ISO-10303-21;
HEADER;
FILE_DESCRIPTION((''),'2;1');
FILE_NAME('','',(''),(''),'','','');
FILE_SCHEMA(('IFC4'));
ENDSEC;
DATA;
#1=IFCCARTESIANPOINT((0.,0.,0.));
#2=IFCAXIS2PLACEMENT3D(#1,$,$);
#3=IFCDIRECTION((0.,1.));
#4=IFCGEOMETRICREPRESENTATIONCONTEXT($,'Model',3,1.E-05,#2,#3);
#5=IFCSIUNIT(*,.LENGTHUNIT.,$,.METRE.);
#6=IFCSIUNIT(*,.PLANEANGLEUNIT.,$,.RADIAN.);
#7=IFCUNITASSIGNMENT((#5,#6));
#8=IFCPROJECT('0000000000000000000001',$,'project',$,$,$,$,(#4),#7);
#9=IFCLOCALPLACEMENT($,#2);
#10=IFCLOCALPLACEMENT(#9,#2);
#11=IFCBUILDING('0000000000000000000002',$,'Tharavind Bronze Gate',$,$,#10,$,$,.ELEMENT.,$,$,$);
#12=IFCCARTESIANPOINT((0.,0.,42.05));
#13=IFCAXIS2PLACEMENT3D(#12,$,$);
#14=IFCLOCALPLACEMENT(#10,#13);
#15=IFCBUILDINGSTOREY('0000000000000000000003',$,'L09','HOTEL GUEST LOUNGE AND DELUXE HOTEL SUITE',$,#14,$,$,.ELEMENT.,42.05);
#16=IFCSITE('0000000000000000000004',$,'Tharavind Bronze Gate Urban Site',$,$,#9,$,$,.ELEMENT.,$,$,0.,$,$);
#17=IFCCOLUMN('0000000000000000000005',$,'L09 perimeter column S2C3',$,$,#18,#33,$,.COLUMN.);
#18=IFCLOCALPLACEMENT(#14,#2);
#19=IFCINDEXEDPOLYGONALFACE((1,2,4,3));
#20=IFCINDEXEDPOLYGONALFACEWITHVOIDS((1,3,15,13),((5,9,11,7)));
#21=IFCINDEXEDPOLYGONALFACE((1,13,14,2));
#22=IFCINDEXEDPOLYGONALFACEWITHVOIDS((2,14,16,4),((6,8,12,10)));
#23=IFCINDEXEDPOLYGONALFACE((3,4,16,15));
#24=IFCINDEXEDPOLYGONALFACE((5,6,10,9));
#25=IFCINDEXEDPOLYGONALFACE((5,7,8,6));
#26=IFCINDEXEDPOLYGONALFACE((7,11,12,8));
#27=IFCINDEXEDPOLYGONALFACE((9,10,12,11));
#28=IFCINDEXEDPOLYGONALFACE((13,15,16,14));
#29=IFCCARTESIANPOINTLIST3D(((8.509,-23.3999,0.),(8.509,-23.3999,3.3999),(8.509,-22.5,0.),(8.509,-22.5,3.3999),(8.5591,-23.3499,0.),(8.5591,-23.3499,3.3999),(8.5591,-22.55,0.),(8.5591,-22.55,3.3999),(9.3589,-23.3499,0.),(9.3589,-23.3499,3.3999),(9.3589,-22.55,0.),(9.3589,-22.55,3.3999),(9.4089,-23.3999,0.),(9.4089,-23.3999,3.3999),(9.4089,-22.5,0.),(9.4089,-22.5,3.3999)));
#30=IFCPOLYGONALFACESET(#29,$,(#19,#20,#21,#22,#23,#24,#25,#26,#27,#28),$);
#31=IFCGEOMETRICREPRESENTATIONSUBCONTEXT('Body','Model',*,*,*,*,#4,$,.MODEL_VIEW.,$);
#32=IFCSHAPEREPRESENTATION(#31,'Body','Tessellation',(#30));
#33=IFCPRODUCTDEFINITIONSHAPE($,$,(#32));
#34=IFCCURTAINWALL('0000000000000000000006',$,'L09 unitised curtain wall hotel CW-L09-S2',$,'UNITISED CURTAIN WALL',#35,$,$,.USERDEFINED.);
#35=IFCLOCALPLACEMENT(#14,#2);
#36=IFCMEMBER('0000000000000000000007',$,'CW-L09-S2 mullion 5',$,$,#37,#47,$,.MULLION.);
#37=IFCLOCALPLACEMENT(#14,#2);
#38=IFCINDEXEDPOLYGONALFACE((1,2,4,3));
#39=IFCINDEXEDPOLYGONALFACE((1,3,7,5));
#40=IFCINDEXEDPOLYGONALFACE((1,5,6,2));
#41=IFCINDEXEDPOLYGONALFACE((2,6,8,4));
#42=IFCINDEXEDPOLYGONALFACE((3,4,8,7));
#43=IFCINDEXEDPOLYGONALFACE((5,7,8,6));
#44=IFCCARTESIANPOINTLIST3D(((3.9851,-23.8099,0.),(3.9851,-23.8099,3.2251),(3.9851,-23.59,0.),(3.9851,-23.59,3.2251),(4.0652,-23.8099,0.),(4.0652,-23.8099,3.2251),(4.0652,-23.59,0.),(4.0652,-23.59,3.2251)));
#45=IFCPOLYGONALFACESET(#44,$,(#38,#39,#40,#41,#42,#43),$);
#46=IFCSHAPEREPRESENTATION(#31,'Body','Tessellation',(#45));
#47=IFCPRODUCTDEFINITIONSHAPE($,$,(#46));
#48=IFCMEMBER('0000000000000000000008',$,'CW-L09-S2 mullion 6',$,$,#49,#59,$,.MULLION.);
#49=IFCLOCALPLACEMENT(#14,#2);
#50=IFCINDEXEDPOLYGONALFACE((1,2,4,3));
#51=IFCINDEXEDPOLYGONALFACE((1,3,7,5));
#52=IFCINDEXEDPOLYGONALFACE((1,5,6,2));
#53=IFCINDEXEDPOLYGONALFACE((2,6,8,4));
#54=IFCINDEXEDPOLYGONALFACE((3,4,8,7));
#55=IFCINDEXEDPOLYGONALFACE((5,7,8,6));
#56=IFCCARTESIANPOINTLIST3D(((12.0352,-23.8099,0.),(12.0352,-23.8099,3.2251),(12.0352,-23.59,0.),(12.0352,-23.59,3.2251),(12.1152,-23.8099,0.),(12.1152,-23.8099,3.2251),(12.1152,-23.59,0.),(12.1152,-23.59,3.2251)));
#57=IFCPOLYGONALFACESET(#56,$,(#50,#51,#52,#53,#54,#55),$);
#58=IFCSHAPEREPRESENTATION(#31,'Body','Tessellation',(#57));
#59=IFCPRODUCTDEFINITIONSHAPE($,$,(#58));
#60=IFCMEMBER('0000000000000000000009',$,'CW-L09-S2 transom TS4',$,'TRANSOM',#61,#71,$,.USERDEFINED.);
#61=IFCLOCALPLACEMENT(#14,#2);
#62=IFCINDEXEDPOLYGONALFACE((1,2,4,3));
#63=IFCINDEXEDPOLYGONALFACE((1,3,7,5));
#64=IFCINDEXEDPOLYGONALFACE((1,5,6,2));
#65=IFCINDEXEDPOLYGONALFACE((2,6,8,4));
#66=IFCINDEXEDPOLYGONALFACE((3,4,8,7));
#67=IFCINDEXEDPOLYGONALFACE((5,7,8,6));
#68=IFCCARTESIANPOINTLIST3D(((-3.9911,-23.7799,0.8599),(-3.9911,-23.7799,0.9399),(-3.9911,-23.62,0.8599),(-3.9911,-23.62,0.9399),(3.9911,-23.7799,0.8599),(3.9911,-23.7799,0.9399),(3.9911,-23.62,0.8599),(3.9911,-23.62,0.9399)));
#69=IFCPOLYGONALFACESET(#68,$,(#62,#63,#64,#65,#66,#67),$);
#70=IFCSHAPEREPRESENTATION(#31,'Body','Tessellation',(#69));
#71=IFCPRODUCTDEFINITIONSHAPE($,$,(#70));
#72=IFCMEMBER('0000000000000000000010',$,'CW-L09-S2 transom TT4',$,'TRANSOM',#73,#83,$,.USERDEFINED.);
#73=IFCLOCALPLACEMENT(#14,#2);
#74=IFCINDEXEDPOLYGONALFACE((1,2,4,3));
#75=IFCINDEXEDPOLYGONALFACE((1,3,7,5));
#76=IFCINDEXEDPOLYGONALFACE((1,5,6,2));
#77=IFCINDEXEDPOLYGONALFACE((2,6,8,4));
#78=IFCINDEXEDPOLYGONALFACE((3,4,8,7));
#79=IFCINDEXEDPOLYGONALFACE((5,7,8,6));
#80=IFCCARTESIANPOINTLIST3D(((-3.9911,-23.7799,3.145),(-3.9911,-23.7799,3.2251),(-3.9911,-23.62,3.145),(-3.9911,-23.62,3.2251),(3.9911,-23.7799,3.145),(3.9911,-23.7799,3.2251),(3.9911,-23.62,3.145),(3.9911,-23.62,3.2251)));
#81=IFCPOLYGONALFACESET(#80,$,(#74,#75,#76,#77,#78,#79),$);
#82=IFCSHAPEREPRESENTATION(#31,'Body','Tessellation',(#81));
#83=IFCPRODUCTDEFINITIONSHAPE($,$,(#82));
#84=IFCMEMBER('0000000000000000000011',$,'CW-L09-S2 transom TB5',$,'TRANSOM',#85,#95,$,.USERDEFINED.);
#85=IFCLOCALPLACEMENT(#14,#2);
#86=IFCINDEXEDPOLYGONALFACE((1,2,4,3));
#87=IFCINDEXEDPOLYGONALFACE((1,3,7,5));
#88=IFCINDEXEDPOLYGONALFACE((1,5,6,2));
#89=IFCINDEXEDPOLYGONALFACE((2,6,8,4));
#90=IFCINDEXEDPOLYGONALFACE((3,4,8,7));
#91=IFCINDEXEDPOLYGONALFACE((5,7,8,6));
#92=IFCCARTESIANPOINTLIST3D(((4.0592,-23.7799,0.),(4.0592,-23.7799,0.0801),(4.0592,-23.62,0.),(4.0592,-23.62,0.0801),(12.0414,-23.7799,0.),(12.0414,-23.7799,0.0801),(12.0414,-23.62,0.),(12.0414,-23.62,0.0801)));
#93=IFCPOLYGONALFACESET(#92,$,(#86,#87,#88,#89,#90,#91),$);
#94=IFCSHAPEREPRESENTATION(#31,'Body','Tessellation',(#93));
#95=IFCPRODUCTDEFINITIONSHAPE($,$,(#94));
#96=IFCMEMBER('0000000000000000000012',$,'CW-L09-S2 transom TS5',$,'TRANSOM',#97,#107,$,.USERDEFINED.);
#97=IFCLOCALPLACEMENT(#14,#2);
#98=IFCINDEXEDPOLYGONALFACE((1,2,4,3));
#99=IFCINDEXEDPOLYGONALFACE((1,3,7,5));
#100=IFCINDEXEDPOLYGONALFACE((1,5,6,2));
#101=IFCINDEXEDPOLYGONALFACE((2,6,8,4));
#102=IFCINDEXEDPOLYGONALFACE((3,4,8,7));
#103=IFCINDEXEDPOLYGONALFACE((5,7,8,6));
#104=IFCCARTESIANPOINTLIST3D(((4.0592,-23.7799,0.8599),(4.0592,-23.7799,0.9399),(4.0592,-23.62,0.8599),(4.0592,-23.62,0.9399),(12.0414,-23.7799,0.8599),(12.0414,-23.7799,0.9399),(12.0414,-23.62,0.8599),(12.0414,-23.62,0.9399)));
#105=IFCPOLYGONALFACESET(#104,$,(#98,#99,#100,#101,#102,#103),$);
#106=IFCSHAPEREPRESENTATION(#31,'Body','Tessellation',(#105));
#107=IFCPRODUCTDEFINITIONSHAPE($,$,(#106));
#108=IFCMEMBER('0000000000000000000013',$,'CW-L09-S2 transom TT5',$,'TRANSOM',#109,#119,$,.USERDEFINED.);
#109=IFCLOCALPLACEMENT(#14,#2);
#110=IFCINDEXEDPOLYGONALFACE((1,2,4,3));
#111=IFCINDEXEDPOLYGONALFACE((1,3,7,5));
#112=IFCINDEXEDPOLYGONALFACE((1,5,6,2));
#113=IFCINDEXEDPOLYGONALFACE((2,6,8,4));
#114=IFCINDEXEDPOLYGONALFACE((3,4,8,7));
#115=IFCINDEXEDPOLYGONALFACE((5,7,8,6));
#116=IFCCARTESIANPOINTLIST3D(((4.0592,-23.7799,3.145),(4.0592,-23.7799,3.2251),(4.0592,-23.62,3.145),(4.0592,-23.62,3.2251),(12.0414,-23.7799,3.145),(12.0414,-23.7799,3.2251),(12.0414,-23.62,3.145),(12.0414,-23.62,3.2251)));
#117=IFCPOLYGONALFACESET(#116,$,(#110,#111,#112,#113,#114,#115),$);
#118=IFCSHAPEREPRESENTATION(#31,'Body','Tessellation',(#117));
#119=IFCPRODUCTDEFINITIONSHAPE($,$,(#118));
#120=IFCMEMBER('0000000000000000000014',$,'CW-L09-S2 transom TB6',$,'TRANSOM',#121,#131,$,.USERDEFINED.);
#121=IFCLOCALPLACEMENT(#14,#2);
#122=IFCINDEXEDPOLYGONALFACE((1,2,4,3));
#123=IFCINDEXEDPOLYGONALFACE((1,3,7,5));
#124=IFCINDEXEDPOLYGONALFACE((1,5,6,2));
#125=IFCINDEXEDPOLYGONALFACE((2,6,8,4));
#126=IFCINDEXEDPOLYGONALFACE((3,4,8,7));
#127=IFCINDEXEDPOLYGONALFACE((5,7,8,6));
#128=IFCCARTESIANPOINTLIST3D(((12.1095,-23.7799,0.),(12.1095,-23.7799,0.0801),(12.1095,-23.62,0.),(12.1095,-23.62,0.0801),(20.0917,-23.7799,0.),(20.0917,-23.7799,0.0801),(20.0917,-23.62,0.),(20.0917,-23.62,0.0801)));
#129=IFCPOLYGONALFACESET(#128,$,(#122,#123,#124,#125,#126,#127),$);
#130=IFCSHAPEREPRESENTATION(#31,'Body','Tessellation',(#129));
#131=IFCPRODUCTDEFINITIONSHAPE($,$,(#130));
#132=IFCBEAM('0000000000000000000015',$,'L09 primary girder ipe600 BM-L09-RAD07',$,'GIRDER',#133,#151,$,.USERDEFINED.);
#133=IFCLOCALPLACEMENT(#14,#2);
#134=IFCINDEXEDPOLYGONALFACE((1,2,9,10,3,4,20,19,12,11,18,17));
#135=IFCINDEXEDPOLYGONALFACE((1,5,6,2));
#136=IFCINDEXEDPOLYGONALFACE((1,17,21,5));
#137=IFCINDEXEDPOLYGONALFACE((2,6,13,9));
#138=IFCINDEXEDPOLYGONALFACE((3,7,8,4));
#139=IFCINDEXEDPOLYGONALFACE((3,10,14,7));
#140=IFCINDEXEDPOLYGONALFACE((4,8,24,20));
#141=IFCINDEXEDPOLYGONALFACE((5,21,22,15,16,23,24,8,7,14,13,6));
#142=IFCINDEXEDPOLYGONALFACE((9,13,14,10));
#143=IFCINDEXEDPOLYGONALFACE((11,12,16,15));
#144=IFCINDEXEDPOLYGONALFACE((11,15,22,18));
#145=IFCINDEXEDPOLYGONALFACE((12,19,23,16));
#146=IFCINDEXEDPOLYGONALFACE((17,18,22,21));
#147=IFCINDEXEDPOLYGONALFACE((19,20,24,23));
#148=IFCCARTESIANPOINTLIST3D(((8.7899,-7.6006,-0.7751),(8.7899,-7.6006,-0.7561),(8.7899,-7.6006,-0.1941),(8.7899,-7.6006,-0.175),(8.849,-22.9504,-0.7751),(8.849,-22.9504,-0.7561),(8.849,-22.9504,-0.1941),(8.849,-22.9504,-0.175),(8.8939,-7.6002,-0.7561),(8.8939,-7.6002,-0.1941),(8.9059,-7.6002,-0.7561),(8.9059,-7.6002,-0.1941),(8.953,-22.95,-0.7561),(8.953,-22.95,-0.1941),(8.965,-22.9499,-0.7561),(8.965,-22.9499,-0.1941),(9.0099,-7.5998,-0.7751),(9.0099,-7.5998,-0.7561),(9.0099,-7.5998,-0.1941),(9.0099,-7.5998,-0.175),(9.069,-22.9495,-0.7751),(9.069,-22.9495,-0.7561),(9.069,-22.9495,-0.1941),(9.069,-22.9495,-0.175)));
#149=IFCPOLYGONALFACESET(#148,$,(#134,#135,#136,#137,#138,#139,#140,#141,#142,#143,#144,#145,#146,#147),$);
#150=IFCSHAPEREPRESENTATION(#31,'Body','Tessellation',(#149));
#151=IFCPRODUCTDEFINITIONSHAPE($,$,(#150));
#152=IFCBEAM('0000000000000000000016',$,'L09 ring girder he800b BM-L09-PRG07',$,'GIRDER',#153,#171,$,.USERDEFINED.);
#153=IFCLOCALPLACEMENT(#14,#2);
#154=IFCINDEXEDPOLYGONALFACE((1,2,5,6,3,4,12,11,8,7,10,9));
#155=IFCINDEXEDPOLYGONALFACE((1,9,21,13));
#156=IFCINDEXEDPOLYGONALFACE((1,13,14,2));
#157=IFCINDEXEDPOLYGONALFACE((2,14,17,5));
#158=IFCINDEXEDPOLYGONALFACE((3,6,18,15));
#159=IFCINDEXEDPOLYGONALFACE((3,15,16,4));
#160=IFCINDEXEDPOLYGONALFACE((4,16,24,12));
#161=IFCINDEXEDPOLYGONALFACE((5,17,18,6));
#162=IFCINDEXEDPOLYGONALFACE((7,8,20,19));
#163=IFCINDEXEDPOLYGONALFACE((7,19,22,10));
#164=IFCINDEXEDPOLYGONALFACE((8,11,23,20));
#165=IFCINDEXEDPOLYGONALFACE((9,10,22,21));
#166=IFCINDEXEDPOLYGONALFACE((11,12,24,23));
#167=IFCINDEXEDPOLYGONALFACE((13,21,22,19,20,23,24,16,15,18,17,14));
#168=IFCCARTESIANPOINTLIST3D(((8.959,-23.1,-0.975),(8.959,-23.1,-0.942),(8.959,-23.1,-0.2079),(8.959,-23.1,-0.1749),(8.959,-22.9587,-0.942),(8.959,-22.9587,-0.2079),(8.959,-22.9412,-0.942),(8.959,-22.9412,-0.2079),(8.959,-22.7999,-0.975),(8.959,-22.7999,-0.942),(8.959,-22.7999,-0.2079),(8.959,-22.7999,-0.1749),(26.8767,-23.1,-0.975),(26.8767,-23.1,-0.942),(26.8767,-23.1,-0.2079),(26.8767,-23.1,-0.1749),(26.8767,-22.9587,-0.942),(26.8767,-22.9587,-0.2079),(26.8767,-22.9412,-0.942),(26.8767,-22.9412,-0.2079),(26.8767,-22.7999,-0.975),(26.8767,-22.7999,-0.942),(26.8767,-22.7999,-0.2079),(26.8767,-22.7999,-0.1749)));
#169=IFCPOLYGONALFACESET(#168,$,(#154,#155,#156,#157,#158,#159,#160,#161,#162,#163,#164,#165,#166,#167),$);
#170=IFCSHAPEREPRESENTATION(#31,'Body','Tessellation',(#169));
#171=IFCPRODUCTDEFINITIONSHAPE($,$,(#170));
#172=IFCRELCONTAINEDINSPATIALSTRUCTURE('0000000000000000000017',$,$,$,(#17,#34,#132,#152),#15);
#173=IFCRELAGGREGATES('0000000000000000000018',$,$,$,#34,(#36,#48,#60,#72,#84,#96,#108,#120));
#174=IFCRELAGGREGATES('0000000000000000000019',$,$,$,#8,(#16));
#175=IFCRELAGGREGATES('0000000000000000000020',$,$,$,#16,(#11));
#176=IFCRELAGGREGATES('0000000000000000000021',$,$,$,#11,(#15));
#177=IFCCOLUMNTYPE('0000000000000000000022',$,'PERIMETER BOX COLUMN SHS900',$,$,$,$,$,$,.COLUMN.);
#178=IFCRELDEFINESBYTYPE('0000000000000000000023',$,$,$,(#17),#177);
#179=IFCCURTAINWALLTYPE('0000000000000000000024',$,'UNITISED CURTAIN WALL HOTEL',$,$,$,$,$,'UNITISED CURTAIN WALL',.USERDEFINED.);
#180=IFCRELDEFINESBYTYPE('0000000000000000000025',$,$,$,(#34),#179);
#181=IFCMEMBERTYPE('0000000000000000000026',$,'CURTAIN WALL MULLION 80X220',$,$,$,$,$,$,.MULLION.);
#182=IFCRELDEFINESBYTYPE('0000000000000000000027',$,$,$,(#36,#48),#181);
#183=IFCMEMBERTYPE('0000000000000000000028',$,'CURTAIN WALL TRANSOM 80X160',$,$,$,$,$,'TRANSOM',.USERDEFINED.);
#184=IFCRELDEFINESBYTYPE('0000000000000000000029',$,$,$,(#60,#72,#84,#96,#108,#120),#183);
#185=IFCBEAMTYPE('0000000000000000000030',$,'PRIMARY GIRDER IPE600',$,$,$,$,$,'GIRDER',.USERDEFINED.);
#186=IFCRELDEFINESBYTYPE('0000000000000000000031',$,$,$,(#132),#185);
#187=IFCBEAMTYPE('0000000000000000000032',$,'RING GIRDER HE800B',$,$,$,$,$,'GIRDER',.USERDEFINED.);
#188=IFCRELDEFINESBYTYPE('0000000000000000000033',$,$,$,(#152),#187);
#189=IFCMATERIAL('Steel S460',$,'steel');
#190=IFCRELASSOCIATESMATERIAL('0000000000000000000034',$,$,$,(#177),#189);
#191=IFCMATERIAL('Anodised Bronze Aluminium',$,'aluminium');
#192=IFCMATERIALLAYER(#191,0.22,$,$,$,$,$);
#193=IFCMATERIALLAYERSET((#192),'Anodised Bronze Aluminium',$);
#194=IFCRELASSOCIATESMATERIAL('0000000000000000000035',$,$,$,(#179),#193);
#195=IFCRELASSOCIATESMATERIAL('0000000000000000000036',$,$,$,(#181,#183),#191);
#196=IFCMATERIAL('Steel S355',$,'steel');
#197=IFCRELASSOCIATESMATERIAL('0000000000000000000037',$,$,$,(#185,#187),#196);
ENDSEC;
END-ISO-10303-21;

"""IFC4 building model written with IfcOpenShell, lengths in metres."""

from ifc_helpers import new_model, si_unit, direction, frame, origin, origin_2d, place, context, subcontext, project, spatial, rectangle, hollow_rectangle, i_section, extrude, material, layer, layer_set, material_profile, profile_set, type_object, element, aggregate, save


model = new_model("IFC4")

# Units and contexts
model_context = context("Model", 3, precision=1e-05, world=origin(), true_north=direction((0.0, 1.0)))
body_context = subcontext(model_context, "Body", "Model", "MODEL_VIEW")
ifc_project = project(units=[si_unit("LENGTHUNIT", "METRE"), si_unit("PLANEANGLEUNIT", "RADIAN")], contexts=[model_context])

# Site, building, storey
site_placement = place(None, origin())
site = spatial("IfcSite", under=ifc_project, at=site_placement, Name="Tharavind Bronze Gate Urban Site", CompositionType="ELEMENT", RefElevation=0.0)
building_placement = place(site_placement, origin())
building = spatial("IfcBuilding", under=site, at=building_placement, Name="Tharavind Bronze Gate", CompositionType="ELEMENT")
storey_placement = place(building_placement, frame((0.0, 0.0, 42.05)))
storey = spatial("IfcBuildingStorey", under=building, at=storey_placement, Name="L09", Description="HOTEL GUEST LOUNGE AND DELUXE HOTEL SUITE", CompositionType="ELEMENT", Elevation=42.05)

# Column
ifc_material_1 = material(Name="Steel S460", Category="steel")
ifc_material_profile_1 = material_profile(ifc_material_1, hollow_rectangle(XDim=0.8999, YDim=0.8999, WallThickness=0.05, at=origin_2d()), Name="SHS900X50")
ifc_profile_set_1 = profile_set([ifc_material_profile_1], Name="Steel S460")
column_type = type_object("IfcColumnType", Name="PERIMETER BOX COLUMN SHS900", PredefinedType="COLUMN", material=ifc_profile_set_1)
column_placement = place(storey_placement, frame((8.959, -22.95, 0.0), z_axis=(0.0, 0.0, 1.0), x_axis=(1.0, 0.0, 0.0)))
element("IfcColumn", 1, at=column_placement, inside=storey, type_object=column_type, Name="L09 perimeter column S2C3", PredefinedType="COLUMN", context=body_context, shape_type="SweptSolid", body=[
    extrude(hollow_rectangle(XDim=0.8999, YDim=0.8999, WallThickness=0.05, at=origin_2d()), origin(), (0.0, 0.0, 1.0), 3.3999),
])

# Curtain wall, members
ifc_material_2 = material(Name="Anodised Bronze Aluminium", Category="aluminium")
ifc_layer_1 = layer(ifc_material_2, 0.22)
ifc_layer_set_1 = layer_set([ifc_layer_1], Name="Anodised Bronze Aluminium")
curtain_wall_type = type_object("IfcCurtainWallType", Name="UNITISED CURTAIN WALL HOTEL", ElementType="UNITISED CURTAIN WALL", PredefinedType="USERDEFINED", material=ifc_layer_set_1)
curtain_wall_placement = place(storey_placement, origin())
curtain_wall = element("IfcCurtainWall", 2, at=curtain_wall_placement, inside=storey, type_object=curtain_wall_type, Name="L09 unitised curtain wall hotel CW-L09-S2", ObjectType="UNITISED CURTAIN WALL", PredefinedType="USERDEFINED")
member_type_1 = type_object("IfcMemberType", Name="CURTAIN WALL MULLION 80X220", PredefinedType="MULLION", material=ifc_material_2)
member_1_placement = place(storey_placement, frame((4.0251, -23.7, 0.0), z_axis=(0.0, 0.0, 1.0), x_axis=(1.0, 0.0, 0.0)))
member_1 = element("IfcMember", 3, at=member_1_placement, type_object=member_type_1, Name="CW-L09-S2 mullion 5", PredefinedType="MULLION", context=body_context, shape_type="SweptSolid", body=[
    extrude(rectangle(XDim=0.0801, YDim=0.22, at=origin_2d()), origin(), (0.0, 0.0, 1.0), 3.2251),
])
member_2_placement = place(storey_placement, frame((12.0752, -23.7, 0.0), z_axis=(0.0, 0.0, 1.0), x_axis=(1.0, 0.0, 0.0)))
member_2 = element("IfcMember", 4, at=member_2_placement, type_object=member_type_1, Name="CW-L09-S2 mullion 6", PredefinedType="MULLION", context=body_context, shape_type="SweptSolid", body=[
    extrude(rectangle(XDim=0.0801, YDim=0.22, at=origin_2d()), origin(), (0.0, 0.0, 1.0), 3.2251),
])
member_type_2 = type_object("IfcMemberType", Name="CURTAIN WALL TRANSOM 80X160", ElementType="TRANSOM", PredefinedType="USERDEFINED", material=ifc_material_2)
member_3_placement = place(storey_placement, frame((0.0, -23.7, 0.8599), z_axis=(0.0, 0.0, 1.0), x_axis=(1.0, 0.0, 0.0)))
member_3 = element("IfcMember", 5, at=member_3_placement, type_object=member_type_2, Name="CW-L09-S2 transom TS4", ObjectType="TRANSOM", PredefinedType="USERDEFINED", context=body_context, shape_type="SweptSolid", body=[
    extrude(rectangle(XDim=7.9822, YDim=0.1599, at=origin_2d()), origin(), (0.0, 0.0, 1.0), 0.0801),
])
member_4_placement = place(storey_placement, frame((0.0, -23.7, 3.145), z_axis=(0.0, 0.0, 1.0), x_axis=(1.0, 0.0, 0.0)))
member_4 = element("IfcMember", 6, at=member_4_placement, type_object=member_type_2, Name="CW-L09-S2 transom TT4", ObjectType="TRANSOM", PredefinedType="USERDEFINED", context=body_context, shape_type="SweptSolid", body=[
    extrude(rectangle(XDim=7.9822, YDim=0.1599, at=origin_2d()), origin(), (0.0, 0.0, 1.0), 0.0801),
])
member_5_placement = place(storey_placement, frame((8.0503, -23.7, 0.0), z_axis=(0.0, 0.0, 1.0), x_axis=(1.0, 0.0, 0.0)))
member_5 = element("IfcMember", 7, at=member_5_placement, type_object=member_type_2, Name="CW-L09-S2 transom TB5", ObjectType="TRANSOM", PredefinedType="USERDEFINED", context=body_context, shape_type="SweptSolid", body=[
    extrude(rectangle(XDim=7.9822, YDim=0.1599, at=origin_2d()), origin(), (0.0, 0.0, 1.0), 0.0801),
])
member_6_placement = place(storey_placement, frame((8.0503, -23.7, 0.8599), z_axis=(0.0, 0.0, 1.0), x_axis=(1.0, 0.0, 0.0)))
member_6 = element("IfcMember", 8, at=member_6_placement, type_object=member_type_2, Name="CW-L09-S2 transom TS5", ObjectType="TRANSOM", PredefinedType="USERDEFINED", context=body_context, shape_type="SweptSolid", body=[
    extrude(rectangle(XDim=7.9822, YDim=0.1599, at=origin_2d()), origin(), (0.0, 0.0, 1.0), 0.0801),
])
member_7_placement = place(storey_placement, frame((8.0503, -23.7, 3.145), z_axis=(0.0, 0.0, 1.0), x_axis=(1.0, 0.0, 0.0)))
member_7 = element("IfcMember", 9, at=member_7_placement, type_object=member_type_2, Name="CW-L09-S2 transom TT5", ObjectType="TRANSOM", PredefinedType="USERDEFINED", context=body_context, shape_type="SweptSolid", body=[
    extrude(rectangle(XDim=7.9822, YDim=0.1599, at=origin_2d()), origin(), (0.0, 0.0, 1.0), 0.0801),
])
member_8_placement = place(storey_placement, frame((16.1006, -23.7, 0.0), z_axis=(0.0, 0.0, 1.0), x_axis=(1.0, 0.0, 0.0)))
member_8 = element("IfcMember", 10, at=member_8_placement, type_object=member_type_2, Name="CW-L09-S2 transom TB6", ObjectType="TRANSOM", PredefinedType="USERDEFINED", context=body_context, shape_type="SweptSolid", body=[
    extrude(rectangle(XDim=7.9822, YDim=0.1599, at=origin_2d()), origin(), (0.0, 0.0, 1.0), 0.0801),
])

# Beams
ifc_material_3 = material(Name="Steel S355", Category="steel")
ifc_material_profile_2 = material_profile(ifc_material_3, i_section(OverallWidth=0.22, OverallDepth=0.6001, WebThickness=0.012, FlangeThickness=0.019, at=origin_2d()), Name="IPE600")
ifc_profile_set_2 = profile_set([ifc_material_profile_2], Name="Steel S355")
beam_type_1 = type_object("IfcBeamType", Name="PRIMARY GIRDER IPE600", ElementType="GIRDER", PredefinedType="USERDEFINED", material=ifc_profile_set_2)
beam_1_placement = place(storey_placement, frame((8.959, -22.95, -0.4751), z_axis=(-0.003849, 0.999993, 0.0), x_axis=(-0.999993, -0.003849, 0.0)))
element("IfcBeam", 11, at=beam_1_placement, inside=storey, type_object=beam_type_1, Name="L09 primary girder ipe600 BM-L09-RAD07", ObjectType="GIRDER", PredefinedType="USERDEFINED", context=body_context, shape_type="SweptSolid", body=[
    extrude(i_section(OverallWidth=0.22, OverallDepth=0.6001, WebThickness=0.012, FlangeThickness=0.019, at=origin_2d()), origin(), (0.0, 0.0, 1.0), 15.3499),
])
ifc_material_profile_3 = material_profile(ifc_material_3, i_section(OverallWidth=0.3, OverallDepth=0.8, WebThickness=0.0176, FlangeThickness=0.033, at=origin_2d()), Name="HE800B")
ifc_profile_set_3 = profile_set([ifc_material_profile_3], Name="Steel S355")
beam_type_2 = type_object("IfcBeamType", Name="RING GIRDER HE800B", ElementType="GIRDER", PredefinedType="USERDEFINED", material=ifc_profile_set_3)
beam_2_placement = place(storey_placement, frame((8.959, -22.95, -0.575), z_axis=(1.0, 0.0, 0.0), x_axis=(0.0, 1.0, 0.0)))
element("IfcBeam", 12, at=beam_2_placement, inside=storey, type_object=beam_type_2, Name="L09 ring girder he800b BM-L09-PRG07", ObjectType="GIRDER", PredefinedType="USERDEFINED", context=body_context, shape_type="SweptSolid", body=[
    extrude(i_section(OverallWidth=0.3, OverallDepth=0.8, WebThickness=0.0176, FlangeThickness=0.033, at=origin_2d()), origin(), (0.0, 0.0, 1.0), 17.9177),
])

aggregate(curtain_wall, [member_1, member_2, member_3, member_4, member_5, member_6, member_7, member_8])

save(model, "model.ifc")
